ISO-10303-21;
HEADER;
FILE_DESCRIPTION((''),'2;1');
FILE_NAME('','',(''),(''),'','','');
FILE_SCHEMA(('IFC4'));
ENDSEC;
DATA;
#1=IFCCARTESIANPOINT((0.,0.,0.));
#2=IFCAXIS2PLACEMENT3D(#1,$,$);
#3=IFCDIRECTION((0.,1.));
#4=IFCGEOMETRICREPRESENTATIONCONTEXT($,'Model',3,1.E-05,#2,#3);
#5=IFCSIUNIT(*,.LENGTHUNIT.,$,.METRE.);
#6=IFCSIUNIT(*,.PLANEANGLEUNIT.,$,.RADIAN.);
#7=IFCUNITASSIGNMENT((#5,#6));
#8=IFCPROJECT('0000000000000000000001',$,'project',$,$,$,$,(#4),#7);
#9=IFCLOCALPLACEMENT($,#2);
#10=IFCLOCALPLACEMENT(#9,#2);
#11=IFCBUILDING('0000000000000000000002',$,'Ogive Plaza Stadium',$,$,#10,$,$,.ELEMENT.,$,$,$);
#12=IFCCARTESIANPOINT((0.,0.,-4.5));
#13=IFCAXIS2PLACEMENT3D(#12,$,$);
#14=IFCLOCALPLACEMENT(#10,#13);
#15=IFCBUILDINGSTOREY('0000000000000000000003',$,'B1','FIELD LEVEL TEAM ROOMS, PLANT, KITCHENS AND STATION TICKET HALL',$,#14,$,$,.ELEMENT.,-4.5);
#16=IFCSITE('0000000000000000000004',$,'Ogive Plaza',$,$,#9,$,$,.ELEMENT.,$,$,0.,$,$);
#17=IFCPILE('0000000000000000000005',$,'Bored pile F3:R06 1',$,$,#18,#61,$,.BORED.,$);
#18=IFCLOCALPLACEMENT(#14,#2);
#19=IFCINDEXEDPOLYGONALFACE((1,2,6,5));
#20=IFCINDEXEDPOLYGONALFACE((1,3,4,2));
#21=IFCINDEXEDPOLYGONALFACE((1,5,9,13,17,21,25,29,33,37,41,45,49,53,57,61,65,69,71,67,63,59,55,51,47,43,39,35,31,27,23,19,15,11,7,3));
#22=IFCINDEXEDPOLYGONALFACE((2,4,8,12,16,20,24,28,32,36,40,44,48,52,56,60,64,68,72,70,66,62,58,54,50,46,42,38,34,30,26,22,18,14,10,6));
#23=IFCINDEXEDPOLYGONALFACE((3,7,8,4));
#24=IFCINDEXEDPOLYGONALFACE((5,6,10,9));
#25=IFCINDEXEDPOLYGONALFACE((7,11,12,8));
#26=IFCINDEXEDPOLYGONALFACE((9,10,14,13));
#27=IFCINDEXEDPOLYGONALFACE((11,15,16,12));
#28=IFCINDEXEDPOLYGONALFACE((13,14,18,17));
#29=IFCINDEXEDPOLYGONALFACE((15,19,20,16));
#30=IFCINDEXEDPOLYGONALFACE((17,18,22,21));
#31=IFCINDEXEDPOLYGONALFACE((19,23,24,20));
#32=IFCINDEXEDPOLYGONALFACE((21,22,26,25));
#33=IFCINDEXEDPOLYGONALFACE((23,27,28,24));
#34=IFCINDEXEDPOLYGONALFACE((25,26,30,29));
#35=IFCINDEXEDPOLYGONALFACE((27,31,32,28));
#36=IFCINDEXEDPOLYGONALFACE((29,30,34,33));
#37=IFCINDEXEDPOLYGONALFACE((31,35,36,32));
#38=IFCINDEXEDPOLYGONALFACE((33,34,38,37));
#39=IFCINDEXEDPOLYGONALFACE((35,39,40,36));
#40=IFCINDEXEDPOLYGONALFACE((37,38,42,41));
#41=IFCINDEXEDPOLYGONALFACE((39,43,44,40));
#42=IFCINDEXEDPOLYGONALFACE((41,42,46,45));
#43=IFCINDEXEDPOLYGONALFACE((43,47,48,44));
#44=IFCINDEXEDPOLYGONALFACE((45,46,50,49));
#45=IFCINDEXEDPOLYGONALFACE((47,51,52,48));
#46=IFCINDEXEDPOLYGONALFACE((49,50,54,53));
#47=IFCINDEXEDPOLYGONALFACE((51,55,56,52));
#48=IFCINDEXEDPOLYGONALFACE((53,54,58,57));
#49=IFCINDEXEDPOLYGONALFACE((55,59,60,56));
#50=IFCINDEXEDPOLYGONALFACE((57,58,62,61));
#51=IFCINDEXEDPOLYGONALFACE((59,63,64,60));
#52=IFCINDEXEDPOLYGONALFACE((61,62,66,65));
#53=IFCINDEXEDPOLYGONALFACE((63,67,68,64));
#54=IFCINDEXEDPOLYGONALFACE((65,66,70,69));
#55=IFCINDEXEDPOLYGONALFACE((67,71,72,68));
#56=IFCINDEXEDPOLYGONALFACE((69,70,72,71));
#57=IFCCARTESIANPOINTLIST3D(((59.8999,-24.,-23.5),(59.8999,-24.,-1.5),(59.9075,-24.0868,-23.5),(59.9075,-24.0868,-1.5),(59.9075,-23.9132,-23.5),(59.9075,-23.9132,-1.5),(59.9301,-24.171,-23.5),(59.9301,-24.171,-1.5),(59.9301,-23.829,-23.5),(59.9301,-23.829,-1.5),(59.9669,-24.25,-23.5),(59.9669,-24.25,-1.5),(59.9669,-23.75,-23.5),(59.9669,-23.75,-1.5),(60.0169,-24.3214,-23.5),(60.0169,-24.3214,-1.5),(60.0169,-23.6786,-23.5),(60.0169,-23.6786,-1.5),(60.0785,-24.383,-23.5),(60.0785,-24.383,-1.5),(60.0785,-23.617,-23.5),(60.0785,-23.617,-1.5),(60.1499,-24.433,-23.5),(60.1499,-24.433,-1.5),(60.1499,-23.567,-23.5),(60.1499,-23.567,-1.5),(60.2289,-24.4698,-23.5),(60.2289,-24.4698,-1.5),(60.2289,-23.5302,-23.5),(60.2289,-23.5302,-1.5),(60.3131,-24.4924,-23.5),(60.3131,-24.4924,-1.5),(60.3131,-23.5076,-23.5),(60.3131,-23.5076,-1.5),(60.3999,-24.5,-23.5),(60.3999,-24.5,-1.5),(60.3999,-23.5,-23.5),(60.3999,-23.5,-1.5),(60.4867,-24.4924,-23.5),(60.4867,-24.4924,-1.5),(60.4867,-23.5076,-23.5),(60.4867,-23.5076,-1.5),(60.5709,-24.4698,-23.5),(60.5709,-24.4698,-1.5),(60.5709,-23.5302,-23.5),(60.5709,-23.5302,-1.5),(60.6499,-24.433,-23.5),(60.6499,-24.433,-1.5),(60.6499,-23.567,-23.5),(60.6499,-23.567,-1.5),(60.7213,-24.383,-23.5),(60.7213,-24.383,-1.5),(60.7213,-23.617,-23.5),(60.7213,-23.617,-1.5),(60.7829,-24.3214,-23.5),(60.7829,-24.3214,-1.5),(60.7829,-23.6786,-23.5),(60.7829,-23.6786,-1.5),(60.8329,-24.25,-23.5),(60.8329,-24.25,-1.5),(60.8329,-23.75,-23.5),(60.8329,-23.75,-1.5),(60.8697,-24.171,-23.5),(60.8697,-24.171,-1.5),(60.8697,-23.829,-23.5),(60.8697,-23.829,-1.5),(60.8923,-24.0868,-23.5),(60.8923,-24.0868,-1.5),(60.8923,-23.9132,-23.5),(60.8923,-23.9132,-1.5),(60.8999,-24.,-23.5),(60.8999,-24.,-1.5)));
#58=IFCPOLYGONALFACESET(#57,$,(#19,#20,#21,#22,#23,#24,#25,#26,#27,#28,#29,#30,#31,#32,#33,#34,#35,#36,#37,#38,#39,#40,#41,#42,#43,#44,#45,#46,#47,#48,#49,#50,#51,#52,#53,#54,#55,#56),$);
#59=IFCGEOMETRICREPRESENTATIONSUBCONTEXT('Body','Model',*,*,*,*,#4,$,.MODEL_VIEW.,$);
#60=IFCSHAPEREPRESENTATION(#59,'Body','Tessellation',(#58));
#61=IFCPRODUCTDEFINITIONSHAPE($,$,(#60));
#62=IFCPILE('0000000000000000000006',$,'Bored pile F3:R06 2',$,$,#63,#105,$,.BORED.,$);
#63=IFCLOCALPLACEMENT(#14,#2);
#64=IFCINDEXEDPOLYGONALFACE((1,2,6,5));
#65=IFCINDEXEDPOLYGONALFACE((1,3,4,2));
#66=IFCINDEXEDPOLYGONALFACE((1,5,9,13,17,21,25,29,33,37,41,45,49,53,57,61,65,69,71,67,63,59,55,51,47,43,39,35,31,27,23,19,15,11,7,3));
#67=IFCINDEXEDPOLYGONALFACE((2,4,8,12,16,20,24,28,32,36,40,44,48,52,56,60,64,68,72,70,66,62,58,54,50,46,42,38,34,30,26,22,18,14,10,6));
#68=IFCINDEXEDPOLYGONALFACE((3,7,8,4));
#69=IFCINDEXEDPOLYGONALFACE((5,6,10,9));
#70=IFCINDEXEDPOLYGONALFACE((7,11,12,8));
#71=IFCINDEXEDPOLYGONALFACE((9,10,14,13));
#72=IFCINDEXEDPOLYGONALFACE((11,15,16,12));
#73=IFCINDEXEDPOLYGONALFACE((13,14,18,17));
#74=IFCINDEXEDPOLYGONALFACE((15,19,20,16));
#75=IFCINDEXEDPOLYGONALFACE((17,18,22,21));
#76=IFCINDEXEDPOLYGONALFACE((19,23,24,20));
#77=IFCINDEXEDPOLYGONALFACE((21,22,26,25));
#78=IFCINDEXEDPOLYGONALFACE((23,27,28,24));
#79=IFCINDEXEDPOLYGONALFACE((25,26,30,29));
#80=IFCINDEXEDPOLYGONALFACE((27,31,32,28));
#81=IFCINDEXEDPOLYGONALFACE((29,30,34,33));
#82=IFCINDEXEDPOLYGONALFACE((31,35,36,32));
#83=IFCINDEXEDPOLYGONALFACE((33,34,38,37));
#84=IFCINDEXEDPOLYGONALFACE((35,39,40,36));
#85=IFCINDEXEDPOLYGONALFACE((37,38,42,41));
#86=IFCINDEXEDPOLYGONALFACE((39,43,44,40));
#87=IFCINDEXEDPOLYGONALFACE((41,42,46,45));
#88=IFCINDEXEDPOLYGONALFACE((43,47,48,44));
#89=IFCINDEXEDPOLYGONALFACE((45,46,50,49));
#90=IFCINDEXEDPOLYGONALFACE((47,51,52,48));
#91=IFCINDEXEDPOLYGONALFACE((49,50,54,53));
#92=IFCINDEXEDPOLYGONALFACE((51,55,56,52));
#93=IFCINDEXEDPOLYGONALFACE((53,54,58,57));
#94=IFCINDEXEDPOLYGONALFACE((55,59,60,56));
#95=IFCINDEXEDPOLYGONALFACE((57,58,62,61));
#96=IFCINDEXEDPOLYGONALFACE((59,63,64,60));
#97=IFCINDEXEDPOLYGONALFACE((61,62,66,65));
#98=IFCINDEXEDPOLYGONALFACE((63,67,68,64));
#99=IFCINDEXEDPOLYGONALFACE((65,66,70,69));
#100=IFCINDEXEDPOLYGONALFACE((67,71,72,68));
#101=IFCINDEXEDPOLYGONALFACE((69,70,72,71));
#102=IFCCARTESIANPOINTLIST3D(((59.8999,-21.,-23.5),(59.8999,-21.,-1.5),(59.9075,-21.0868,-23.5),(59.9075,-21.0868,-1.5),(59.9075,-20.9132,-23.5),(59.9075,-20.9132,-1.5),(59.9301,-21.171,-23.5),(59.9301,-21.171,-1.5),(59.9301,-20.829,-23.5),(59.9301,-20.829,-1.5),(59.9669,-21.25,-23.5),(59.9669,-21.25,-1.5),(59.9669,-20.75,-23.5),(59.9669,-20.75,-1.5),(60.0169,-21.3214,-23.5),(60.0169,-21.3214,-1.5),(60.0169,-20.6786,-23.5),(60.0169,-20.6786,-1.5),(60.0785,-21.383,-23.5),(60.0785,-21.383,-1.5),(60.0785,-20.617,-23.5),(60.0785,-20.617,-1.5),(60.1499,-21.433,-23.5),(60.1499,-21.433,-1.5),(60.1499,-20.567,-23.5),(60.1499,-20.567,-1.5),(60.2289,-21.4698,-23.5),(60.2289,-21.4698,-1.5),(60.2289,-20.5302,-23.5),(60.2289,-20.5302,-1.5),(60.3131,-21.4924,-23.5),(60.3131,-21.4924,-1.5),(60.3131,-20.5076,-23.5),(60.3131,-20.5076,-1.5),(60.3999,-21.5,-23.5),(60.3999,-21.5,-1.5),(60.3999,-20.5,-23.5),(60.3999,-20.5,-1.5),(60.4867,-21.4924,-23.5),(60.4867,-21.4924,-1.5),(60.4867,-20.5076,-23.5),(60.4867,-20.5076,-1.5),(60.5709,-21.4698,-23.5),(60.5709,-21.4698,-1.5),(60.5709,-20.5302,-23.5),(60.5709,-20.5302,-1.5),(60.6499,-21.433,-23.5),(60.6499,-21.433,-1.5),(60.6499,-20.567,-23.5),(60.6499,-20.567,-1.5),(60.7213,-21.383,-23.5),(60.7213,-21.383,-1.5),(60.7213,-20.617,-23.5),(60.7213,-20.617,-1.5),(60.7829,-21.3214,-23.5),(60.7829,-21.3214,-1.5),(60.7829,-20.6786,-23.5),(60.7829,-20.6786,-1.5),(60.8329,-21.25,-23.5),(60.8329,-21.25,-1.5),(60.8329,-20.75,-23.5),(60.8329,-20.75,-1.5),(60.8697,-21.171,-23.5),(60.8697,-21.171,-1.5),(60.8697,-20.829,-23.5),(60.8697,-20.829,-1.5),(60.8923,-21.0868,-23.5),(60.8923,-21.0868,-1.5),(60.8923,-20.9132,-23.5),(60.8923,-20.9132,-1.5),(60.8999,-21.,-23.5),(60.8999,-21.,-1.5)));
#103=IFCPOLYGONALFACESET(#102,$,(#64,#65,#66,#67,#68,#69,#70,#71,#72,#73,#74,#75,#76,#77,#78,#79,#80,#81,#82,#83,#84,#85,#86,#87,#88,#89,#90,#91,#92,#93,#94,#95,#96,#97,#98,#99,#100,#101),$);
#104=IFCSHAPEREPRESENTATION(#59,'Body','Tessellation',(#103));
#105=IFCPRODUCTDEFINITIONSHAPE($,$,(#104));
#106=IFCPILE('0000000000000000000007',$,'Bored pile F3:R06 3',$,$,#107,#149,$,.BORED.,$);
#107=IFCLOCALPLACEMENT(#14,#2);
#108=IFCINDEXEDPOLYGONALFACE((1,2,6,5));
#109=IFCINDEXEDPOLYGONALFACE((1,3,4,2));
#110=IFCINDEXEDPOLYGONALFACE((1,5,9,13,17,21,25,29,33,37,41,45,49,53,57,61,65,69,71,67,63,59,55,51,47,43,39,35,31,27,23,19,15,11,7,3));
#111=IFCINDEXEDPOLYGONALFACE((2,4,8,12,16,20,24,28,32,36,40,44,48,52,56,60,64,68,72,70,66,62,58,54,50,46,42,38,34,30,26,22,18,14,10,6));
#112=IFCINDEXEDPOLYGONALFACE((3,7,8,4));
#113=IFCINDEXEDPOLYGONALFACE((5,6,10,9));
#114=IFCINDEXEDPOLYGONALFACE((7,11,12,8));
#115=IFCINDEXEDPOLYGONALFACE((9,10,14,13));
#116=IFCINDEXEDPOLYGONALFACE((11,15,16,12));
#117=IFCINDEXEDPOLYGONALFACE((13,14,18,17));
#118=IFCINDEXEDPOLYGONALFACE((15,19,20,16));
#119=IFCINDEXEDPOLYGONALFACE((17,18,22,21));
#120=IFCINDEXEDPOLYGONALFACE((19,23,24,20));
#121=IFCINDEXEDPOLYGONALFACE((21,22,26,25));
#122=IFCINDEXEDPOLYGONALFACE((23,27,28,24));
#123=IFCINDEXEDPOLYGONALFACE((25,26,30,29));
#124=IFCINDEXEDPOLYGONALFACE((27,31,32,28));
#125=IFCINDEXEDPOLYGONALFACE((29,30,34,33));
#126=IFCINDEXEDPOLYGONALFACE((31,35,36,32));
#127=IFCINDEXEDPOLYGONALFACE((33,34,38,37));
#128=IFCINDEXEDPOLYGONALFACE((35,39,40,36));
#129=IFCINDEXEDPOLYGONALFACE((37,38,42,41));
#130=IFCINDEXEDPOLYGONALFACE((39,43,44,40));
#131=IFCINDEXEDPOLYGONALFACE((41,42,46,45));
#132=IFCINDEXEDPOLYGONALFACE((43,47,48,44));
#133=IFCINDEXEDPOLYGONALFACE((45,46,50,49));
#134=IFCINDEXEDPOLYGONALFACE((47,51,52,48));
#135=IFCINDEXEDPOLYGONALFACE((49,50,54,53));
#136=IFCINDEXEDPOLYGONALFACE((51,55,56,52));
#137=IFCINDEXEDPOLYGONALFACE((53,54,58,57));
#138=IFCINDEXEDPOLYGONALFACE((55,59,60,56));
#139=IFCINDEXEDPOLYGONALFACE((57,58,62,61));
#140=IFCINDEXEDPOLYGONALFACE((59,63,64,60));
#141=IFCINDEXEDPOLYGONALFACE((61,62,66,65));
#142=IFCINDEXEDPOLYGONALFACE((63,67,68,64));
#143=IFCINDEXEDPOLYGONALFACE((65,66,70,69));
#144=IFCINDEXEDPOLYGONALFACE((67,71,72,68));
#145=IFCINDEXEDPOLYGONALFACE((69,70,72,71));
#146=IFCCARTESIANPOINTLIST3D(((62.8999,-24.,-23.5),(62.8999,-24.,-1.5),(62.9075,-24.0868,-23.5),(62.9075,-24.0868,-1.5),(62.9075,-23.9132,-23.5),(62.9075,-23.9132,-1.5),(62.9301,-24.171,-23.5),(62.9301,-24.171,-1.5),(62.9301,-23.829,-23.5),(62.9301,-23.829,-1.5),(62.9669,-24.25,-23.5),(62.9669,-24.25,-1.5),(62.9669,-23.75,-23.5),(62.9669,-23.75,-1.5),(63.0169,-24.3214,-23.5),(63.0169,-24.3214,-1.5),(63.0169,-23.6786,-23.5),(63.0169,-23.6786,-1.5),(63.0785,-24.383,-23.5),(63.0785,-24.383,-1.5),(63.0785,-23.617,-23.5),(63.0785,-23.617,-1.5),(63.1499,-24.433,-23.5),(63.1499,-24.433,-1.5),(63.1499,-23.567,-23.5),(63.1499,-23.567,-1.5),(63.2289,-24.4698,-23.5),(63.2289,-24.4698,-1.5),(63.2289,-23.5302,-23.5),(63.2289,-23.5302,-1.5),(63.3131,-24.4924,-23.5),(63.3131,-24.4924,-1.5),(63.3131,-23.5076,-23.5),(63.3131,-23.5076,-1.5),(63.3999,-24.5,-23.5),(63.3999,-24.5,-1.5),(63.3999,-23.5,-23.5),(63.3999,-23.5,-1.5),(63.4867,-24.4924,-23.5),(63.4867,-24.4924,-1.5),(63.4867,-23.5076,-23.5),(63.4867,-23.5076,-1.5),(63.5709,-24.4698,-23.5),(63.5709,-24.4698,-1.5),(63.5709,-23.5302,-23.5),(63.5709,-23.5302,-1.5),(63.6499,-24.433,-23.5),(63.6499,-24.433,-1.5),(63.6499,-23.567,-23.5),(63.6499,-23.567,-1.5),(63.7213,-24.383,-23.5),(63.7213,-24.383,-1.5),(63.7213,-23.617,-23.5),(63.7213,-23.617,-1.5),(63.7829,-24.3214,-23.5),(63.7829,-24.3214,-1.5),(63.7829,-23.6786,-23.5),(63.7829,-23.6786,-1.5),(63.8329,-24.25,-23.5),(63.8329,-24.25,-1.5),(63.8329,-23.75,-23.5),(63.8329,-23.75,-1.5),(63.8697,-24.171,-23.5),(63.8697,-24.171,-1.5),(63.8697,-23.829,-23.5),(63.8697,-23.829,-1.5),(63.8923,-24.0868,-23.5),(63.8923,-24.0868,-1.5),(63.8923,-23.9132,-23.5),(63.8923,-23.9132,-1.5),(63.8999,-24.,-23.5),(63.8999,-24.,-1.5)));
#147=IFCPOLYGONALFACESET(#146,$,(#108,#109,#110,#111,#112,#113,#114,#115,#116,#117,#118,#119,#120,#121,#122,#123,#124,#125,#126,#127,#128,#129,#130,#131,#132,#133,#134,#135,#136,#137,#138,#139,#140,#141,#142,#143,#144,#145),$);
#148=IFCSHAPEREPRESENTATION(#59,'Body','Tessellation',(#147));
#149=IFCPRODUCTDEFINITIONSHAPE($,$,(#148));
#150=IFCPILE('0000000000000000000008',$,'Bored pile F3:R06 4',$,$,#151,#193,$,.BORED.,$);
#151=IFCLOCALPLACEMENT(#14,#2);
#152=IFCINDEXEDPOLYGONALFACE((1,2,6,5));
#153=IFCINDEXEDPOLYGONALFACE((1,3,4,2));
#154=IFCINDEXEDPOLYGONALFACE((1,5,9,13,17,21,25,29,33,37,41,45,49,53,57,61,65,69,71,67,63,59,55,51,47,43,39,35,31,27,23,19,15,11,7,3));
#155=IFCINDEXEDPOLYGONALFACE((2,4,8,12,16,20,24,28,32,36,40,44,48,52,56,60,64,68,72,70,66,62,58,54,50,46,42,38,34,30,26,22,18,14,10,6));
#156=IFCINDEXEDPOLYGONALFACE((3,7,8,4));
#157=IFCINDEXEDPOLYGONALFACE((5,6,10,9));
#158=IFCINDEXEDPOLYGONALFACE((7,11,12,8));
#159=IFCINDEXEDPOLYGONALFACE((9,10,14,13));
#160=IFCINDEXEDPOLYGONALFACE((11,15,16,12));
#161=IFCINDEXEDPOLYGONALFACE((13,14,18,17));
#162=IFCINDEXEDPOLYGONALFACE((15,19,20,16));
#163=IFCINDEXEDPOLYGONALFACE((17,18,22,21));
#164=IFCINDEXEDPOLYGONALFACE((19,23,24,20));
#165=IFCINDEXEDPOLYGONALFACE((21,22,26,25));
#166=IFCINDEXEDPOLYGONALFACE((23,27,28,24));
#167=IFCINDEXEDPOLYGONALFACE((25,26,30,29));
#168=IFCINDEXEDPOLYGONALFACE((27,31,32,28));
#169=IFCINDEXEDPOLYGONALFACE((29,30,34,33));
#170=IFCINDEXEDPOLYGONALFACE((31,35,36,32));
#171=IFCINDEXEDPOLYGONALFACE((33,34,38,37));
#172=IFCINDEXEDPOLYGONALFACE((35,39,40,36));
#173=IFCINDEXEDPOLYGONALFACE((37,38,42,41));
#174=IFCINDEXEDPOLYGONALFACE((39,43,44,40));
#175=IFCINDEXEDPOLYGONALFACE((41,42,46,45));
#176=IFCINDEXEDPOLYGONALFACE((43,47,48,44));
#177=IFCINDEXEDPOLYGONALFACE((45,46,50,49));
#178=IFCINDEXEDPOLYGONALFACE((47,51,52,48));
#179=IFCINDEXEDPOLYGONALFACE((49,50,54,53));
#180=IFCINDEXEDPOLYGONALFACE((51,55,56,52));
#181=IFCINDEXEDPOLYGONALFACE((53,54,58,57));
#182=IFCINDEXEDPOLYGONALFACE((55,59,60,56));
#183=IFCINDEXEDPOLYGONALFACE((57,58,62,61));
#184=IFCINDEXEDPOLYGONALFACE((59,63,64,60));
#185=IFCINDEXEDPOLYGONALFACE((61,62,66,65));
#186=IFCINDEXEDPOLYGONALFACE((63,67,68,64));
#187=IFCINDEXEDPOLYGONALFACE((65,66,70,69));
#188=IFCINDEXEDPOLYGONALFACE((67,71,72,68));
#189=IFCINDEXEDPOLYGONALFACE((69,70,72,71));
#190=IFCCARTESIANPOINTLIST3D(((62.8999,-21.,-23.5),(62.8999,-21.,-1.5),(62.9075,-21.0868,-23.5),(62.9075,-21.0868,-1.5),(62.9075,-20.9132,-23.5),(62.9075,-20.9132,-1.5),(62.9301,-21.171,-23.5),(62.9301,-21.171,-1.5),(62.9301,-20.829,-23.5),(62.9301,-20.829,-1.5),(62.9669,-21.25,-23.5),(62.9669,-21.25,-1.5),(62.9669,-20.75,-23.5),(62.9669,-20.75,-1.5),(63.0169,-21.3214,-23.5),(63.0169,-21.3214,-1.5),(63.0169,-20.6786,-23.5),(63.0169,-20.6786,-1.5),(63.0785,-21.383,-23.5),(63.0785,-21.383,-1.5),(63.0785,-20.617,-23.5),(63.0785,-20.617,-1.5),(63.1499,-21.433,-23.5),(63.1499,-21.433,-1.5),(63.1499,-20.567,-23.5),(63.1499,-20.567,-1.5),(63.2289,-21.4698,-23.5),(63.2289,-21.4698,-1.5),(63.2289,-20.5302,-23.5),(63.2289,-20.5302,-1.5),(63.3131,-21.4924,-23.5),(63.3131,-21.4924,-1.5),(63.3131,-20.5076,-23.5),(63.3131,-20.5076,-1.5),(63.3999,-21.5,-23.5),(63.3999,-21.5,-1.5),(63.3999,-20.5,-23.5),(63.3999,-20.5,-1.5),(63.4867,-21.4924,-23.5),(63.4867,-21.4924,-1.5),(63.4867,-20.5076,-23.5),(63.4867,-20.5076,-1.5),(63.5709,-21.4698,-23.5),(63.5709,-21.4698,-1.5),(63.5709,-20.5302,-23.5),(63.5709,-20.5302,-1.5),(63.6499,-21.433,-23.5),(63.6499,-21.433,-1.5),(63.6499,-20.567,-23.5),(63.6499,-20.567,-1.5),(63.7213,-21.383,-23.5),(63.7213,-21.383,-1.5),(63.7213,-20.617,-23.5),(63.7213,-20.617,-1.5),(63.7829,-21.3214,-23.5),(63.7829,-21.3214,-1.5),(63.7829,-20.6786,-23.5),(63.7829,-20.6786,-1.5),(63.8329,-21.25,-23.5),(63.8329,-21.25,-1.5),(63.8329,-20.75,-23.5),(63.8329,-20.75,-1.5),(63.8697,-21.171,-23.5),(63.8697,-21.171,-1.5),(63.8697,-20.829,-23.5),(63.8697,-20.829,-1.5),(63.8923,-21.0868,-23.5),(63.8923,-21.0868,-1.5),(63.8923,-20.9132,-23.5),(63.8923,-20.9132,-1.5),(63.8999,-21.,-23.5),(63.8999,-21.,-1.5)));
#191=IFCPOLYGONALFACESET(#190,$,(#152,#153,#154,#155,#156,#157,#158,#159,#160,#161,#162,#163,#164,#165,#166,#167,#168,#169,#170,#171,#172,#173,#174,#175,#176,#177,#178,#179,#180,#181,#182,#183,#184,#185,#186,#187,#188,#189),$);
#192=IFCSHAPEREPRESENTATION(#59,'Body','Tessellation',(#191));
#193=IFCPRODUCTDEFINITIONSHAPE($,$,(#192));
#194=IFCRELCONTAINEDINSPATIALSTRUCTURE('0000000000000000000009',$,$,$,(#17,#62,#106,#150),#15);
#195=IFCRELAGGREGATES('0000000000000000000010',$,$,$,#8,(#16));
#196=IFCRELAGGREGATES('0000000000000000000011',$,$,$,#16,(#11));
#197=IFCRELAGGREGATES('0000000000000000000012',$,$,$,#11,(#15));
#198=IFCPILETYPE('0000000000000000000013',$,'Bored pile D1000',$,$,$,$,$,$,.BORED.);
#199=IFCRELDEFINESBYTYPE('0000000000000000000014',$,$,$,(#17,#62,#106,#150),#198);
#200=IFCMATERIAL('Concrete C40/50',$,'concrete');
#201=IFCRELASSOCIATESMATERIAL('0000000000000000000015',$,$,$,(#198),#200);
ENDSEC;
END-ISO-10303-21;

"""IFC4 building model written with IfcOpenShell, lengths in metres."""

from ifc_helpers import new_model, si_unit, direction, frame, origin, origin_2d, place, context, subcontext, project, spatial, circle, extrude, material, material_profile, profile_set, type_object, element, save


model = new_model("IFC4")

# Units and contexts
model_context = context("Model", 3, precision=1e-05, world=origin(), true_north=direction((0.0, 1.0)))
body_context = subcontext(model_context, "Body", "Model", "MODEL_VIEW")
ifc_project = project(units=[si_unit("LENGTHUNIT", "METRE"), si_unit("PLANEANGLEUNIT", "RADIAN")], contexts=[model_context])

# Site, building, storey
site_placement = place(None, origin())
site = spatial("IfcSite", under=ifc_project, at=site_placement, Name="Ogive Plaza", CompositionType="ELEMENT", RefElevation=0.0)
building_placement = place(site_placement, origin())
building = spatial("IfcBuilding", under=site, at=building_placement, Name="Ogive Plaza Stadium", CompositionType="ELEMENT")
storey_placement = place(building_placement, frame((0.0, 0.0, -4.5)))
storey = spatial("IfcBuildingStorey", under=building, at=storey_placement, Name="B1", Description="FIELD LEVEL TEAM ROOMS, PLANT, KITCHENS AND STATION TICKET HALL", CompositionType="ELEMENT", Elevation=-4.5)

# Piles
ifc_material_1 = material(Name="Concrete C40/50", Category="concrete")
ifc_material_profile_1 = material_profile(ifc_material_1, circle(Radius=0.5, at=origin_2d()), Name="RC D1000")
ifc_profile_set_1 = profile_set([ifc_material_profile_1], Name="Concrete C40/50")
pile_type_1 = type_object("IfcPileType", Name="Bored pile D1000", PredefinedType="BORED", material=ifc_profile_set_1)
for number, where, z_axis, x_axis, name in (
    (1, (60.3999, -24.0, -1.5), (0.0, 0.0, -1.0), (1.0, 0.0, 0.0), "Bored pile F3:R06 1"),
    (2, (60.3999, -21.0, -1.5), (0.0, 0.0, -1.0), (1.0, 0.0, 0.0), "Bored pile F3:R06 2"),
    (3, (63.3999, -24.0, -1.5), (0.0, 0.0, -1.0), (1.0, 0.0, 0.0), "Bored pile F3:R06 3"),
    (4, (63.3999, -21.0, -1.5), (0.0, 0.0, -1.0), (1.0, 0.0, 0.0), "Bored pile F3:R06 4"),
):
    element("IfcPile", number, at=place(storey_placement, frame(where, z_axis=z_axis, x_axis=x_axis)), inside=storey, type_object=pile_type_1, Name=name, PredefinedType="BORED", context=body_context, shape_type="SweptSolid", body=[
        extrude(circle(Radius=0.5, at=origin_2d()), origin(), (0.0, 0.0, 1.0), 22.0),
    ])

save(model, "model.ifc")
